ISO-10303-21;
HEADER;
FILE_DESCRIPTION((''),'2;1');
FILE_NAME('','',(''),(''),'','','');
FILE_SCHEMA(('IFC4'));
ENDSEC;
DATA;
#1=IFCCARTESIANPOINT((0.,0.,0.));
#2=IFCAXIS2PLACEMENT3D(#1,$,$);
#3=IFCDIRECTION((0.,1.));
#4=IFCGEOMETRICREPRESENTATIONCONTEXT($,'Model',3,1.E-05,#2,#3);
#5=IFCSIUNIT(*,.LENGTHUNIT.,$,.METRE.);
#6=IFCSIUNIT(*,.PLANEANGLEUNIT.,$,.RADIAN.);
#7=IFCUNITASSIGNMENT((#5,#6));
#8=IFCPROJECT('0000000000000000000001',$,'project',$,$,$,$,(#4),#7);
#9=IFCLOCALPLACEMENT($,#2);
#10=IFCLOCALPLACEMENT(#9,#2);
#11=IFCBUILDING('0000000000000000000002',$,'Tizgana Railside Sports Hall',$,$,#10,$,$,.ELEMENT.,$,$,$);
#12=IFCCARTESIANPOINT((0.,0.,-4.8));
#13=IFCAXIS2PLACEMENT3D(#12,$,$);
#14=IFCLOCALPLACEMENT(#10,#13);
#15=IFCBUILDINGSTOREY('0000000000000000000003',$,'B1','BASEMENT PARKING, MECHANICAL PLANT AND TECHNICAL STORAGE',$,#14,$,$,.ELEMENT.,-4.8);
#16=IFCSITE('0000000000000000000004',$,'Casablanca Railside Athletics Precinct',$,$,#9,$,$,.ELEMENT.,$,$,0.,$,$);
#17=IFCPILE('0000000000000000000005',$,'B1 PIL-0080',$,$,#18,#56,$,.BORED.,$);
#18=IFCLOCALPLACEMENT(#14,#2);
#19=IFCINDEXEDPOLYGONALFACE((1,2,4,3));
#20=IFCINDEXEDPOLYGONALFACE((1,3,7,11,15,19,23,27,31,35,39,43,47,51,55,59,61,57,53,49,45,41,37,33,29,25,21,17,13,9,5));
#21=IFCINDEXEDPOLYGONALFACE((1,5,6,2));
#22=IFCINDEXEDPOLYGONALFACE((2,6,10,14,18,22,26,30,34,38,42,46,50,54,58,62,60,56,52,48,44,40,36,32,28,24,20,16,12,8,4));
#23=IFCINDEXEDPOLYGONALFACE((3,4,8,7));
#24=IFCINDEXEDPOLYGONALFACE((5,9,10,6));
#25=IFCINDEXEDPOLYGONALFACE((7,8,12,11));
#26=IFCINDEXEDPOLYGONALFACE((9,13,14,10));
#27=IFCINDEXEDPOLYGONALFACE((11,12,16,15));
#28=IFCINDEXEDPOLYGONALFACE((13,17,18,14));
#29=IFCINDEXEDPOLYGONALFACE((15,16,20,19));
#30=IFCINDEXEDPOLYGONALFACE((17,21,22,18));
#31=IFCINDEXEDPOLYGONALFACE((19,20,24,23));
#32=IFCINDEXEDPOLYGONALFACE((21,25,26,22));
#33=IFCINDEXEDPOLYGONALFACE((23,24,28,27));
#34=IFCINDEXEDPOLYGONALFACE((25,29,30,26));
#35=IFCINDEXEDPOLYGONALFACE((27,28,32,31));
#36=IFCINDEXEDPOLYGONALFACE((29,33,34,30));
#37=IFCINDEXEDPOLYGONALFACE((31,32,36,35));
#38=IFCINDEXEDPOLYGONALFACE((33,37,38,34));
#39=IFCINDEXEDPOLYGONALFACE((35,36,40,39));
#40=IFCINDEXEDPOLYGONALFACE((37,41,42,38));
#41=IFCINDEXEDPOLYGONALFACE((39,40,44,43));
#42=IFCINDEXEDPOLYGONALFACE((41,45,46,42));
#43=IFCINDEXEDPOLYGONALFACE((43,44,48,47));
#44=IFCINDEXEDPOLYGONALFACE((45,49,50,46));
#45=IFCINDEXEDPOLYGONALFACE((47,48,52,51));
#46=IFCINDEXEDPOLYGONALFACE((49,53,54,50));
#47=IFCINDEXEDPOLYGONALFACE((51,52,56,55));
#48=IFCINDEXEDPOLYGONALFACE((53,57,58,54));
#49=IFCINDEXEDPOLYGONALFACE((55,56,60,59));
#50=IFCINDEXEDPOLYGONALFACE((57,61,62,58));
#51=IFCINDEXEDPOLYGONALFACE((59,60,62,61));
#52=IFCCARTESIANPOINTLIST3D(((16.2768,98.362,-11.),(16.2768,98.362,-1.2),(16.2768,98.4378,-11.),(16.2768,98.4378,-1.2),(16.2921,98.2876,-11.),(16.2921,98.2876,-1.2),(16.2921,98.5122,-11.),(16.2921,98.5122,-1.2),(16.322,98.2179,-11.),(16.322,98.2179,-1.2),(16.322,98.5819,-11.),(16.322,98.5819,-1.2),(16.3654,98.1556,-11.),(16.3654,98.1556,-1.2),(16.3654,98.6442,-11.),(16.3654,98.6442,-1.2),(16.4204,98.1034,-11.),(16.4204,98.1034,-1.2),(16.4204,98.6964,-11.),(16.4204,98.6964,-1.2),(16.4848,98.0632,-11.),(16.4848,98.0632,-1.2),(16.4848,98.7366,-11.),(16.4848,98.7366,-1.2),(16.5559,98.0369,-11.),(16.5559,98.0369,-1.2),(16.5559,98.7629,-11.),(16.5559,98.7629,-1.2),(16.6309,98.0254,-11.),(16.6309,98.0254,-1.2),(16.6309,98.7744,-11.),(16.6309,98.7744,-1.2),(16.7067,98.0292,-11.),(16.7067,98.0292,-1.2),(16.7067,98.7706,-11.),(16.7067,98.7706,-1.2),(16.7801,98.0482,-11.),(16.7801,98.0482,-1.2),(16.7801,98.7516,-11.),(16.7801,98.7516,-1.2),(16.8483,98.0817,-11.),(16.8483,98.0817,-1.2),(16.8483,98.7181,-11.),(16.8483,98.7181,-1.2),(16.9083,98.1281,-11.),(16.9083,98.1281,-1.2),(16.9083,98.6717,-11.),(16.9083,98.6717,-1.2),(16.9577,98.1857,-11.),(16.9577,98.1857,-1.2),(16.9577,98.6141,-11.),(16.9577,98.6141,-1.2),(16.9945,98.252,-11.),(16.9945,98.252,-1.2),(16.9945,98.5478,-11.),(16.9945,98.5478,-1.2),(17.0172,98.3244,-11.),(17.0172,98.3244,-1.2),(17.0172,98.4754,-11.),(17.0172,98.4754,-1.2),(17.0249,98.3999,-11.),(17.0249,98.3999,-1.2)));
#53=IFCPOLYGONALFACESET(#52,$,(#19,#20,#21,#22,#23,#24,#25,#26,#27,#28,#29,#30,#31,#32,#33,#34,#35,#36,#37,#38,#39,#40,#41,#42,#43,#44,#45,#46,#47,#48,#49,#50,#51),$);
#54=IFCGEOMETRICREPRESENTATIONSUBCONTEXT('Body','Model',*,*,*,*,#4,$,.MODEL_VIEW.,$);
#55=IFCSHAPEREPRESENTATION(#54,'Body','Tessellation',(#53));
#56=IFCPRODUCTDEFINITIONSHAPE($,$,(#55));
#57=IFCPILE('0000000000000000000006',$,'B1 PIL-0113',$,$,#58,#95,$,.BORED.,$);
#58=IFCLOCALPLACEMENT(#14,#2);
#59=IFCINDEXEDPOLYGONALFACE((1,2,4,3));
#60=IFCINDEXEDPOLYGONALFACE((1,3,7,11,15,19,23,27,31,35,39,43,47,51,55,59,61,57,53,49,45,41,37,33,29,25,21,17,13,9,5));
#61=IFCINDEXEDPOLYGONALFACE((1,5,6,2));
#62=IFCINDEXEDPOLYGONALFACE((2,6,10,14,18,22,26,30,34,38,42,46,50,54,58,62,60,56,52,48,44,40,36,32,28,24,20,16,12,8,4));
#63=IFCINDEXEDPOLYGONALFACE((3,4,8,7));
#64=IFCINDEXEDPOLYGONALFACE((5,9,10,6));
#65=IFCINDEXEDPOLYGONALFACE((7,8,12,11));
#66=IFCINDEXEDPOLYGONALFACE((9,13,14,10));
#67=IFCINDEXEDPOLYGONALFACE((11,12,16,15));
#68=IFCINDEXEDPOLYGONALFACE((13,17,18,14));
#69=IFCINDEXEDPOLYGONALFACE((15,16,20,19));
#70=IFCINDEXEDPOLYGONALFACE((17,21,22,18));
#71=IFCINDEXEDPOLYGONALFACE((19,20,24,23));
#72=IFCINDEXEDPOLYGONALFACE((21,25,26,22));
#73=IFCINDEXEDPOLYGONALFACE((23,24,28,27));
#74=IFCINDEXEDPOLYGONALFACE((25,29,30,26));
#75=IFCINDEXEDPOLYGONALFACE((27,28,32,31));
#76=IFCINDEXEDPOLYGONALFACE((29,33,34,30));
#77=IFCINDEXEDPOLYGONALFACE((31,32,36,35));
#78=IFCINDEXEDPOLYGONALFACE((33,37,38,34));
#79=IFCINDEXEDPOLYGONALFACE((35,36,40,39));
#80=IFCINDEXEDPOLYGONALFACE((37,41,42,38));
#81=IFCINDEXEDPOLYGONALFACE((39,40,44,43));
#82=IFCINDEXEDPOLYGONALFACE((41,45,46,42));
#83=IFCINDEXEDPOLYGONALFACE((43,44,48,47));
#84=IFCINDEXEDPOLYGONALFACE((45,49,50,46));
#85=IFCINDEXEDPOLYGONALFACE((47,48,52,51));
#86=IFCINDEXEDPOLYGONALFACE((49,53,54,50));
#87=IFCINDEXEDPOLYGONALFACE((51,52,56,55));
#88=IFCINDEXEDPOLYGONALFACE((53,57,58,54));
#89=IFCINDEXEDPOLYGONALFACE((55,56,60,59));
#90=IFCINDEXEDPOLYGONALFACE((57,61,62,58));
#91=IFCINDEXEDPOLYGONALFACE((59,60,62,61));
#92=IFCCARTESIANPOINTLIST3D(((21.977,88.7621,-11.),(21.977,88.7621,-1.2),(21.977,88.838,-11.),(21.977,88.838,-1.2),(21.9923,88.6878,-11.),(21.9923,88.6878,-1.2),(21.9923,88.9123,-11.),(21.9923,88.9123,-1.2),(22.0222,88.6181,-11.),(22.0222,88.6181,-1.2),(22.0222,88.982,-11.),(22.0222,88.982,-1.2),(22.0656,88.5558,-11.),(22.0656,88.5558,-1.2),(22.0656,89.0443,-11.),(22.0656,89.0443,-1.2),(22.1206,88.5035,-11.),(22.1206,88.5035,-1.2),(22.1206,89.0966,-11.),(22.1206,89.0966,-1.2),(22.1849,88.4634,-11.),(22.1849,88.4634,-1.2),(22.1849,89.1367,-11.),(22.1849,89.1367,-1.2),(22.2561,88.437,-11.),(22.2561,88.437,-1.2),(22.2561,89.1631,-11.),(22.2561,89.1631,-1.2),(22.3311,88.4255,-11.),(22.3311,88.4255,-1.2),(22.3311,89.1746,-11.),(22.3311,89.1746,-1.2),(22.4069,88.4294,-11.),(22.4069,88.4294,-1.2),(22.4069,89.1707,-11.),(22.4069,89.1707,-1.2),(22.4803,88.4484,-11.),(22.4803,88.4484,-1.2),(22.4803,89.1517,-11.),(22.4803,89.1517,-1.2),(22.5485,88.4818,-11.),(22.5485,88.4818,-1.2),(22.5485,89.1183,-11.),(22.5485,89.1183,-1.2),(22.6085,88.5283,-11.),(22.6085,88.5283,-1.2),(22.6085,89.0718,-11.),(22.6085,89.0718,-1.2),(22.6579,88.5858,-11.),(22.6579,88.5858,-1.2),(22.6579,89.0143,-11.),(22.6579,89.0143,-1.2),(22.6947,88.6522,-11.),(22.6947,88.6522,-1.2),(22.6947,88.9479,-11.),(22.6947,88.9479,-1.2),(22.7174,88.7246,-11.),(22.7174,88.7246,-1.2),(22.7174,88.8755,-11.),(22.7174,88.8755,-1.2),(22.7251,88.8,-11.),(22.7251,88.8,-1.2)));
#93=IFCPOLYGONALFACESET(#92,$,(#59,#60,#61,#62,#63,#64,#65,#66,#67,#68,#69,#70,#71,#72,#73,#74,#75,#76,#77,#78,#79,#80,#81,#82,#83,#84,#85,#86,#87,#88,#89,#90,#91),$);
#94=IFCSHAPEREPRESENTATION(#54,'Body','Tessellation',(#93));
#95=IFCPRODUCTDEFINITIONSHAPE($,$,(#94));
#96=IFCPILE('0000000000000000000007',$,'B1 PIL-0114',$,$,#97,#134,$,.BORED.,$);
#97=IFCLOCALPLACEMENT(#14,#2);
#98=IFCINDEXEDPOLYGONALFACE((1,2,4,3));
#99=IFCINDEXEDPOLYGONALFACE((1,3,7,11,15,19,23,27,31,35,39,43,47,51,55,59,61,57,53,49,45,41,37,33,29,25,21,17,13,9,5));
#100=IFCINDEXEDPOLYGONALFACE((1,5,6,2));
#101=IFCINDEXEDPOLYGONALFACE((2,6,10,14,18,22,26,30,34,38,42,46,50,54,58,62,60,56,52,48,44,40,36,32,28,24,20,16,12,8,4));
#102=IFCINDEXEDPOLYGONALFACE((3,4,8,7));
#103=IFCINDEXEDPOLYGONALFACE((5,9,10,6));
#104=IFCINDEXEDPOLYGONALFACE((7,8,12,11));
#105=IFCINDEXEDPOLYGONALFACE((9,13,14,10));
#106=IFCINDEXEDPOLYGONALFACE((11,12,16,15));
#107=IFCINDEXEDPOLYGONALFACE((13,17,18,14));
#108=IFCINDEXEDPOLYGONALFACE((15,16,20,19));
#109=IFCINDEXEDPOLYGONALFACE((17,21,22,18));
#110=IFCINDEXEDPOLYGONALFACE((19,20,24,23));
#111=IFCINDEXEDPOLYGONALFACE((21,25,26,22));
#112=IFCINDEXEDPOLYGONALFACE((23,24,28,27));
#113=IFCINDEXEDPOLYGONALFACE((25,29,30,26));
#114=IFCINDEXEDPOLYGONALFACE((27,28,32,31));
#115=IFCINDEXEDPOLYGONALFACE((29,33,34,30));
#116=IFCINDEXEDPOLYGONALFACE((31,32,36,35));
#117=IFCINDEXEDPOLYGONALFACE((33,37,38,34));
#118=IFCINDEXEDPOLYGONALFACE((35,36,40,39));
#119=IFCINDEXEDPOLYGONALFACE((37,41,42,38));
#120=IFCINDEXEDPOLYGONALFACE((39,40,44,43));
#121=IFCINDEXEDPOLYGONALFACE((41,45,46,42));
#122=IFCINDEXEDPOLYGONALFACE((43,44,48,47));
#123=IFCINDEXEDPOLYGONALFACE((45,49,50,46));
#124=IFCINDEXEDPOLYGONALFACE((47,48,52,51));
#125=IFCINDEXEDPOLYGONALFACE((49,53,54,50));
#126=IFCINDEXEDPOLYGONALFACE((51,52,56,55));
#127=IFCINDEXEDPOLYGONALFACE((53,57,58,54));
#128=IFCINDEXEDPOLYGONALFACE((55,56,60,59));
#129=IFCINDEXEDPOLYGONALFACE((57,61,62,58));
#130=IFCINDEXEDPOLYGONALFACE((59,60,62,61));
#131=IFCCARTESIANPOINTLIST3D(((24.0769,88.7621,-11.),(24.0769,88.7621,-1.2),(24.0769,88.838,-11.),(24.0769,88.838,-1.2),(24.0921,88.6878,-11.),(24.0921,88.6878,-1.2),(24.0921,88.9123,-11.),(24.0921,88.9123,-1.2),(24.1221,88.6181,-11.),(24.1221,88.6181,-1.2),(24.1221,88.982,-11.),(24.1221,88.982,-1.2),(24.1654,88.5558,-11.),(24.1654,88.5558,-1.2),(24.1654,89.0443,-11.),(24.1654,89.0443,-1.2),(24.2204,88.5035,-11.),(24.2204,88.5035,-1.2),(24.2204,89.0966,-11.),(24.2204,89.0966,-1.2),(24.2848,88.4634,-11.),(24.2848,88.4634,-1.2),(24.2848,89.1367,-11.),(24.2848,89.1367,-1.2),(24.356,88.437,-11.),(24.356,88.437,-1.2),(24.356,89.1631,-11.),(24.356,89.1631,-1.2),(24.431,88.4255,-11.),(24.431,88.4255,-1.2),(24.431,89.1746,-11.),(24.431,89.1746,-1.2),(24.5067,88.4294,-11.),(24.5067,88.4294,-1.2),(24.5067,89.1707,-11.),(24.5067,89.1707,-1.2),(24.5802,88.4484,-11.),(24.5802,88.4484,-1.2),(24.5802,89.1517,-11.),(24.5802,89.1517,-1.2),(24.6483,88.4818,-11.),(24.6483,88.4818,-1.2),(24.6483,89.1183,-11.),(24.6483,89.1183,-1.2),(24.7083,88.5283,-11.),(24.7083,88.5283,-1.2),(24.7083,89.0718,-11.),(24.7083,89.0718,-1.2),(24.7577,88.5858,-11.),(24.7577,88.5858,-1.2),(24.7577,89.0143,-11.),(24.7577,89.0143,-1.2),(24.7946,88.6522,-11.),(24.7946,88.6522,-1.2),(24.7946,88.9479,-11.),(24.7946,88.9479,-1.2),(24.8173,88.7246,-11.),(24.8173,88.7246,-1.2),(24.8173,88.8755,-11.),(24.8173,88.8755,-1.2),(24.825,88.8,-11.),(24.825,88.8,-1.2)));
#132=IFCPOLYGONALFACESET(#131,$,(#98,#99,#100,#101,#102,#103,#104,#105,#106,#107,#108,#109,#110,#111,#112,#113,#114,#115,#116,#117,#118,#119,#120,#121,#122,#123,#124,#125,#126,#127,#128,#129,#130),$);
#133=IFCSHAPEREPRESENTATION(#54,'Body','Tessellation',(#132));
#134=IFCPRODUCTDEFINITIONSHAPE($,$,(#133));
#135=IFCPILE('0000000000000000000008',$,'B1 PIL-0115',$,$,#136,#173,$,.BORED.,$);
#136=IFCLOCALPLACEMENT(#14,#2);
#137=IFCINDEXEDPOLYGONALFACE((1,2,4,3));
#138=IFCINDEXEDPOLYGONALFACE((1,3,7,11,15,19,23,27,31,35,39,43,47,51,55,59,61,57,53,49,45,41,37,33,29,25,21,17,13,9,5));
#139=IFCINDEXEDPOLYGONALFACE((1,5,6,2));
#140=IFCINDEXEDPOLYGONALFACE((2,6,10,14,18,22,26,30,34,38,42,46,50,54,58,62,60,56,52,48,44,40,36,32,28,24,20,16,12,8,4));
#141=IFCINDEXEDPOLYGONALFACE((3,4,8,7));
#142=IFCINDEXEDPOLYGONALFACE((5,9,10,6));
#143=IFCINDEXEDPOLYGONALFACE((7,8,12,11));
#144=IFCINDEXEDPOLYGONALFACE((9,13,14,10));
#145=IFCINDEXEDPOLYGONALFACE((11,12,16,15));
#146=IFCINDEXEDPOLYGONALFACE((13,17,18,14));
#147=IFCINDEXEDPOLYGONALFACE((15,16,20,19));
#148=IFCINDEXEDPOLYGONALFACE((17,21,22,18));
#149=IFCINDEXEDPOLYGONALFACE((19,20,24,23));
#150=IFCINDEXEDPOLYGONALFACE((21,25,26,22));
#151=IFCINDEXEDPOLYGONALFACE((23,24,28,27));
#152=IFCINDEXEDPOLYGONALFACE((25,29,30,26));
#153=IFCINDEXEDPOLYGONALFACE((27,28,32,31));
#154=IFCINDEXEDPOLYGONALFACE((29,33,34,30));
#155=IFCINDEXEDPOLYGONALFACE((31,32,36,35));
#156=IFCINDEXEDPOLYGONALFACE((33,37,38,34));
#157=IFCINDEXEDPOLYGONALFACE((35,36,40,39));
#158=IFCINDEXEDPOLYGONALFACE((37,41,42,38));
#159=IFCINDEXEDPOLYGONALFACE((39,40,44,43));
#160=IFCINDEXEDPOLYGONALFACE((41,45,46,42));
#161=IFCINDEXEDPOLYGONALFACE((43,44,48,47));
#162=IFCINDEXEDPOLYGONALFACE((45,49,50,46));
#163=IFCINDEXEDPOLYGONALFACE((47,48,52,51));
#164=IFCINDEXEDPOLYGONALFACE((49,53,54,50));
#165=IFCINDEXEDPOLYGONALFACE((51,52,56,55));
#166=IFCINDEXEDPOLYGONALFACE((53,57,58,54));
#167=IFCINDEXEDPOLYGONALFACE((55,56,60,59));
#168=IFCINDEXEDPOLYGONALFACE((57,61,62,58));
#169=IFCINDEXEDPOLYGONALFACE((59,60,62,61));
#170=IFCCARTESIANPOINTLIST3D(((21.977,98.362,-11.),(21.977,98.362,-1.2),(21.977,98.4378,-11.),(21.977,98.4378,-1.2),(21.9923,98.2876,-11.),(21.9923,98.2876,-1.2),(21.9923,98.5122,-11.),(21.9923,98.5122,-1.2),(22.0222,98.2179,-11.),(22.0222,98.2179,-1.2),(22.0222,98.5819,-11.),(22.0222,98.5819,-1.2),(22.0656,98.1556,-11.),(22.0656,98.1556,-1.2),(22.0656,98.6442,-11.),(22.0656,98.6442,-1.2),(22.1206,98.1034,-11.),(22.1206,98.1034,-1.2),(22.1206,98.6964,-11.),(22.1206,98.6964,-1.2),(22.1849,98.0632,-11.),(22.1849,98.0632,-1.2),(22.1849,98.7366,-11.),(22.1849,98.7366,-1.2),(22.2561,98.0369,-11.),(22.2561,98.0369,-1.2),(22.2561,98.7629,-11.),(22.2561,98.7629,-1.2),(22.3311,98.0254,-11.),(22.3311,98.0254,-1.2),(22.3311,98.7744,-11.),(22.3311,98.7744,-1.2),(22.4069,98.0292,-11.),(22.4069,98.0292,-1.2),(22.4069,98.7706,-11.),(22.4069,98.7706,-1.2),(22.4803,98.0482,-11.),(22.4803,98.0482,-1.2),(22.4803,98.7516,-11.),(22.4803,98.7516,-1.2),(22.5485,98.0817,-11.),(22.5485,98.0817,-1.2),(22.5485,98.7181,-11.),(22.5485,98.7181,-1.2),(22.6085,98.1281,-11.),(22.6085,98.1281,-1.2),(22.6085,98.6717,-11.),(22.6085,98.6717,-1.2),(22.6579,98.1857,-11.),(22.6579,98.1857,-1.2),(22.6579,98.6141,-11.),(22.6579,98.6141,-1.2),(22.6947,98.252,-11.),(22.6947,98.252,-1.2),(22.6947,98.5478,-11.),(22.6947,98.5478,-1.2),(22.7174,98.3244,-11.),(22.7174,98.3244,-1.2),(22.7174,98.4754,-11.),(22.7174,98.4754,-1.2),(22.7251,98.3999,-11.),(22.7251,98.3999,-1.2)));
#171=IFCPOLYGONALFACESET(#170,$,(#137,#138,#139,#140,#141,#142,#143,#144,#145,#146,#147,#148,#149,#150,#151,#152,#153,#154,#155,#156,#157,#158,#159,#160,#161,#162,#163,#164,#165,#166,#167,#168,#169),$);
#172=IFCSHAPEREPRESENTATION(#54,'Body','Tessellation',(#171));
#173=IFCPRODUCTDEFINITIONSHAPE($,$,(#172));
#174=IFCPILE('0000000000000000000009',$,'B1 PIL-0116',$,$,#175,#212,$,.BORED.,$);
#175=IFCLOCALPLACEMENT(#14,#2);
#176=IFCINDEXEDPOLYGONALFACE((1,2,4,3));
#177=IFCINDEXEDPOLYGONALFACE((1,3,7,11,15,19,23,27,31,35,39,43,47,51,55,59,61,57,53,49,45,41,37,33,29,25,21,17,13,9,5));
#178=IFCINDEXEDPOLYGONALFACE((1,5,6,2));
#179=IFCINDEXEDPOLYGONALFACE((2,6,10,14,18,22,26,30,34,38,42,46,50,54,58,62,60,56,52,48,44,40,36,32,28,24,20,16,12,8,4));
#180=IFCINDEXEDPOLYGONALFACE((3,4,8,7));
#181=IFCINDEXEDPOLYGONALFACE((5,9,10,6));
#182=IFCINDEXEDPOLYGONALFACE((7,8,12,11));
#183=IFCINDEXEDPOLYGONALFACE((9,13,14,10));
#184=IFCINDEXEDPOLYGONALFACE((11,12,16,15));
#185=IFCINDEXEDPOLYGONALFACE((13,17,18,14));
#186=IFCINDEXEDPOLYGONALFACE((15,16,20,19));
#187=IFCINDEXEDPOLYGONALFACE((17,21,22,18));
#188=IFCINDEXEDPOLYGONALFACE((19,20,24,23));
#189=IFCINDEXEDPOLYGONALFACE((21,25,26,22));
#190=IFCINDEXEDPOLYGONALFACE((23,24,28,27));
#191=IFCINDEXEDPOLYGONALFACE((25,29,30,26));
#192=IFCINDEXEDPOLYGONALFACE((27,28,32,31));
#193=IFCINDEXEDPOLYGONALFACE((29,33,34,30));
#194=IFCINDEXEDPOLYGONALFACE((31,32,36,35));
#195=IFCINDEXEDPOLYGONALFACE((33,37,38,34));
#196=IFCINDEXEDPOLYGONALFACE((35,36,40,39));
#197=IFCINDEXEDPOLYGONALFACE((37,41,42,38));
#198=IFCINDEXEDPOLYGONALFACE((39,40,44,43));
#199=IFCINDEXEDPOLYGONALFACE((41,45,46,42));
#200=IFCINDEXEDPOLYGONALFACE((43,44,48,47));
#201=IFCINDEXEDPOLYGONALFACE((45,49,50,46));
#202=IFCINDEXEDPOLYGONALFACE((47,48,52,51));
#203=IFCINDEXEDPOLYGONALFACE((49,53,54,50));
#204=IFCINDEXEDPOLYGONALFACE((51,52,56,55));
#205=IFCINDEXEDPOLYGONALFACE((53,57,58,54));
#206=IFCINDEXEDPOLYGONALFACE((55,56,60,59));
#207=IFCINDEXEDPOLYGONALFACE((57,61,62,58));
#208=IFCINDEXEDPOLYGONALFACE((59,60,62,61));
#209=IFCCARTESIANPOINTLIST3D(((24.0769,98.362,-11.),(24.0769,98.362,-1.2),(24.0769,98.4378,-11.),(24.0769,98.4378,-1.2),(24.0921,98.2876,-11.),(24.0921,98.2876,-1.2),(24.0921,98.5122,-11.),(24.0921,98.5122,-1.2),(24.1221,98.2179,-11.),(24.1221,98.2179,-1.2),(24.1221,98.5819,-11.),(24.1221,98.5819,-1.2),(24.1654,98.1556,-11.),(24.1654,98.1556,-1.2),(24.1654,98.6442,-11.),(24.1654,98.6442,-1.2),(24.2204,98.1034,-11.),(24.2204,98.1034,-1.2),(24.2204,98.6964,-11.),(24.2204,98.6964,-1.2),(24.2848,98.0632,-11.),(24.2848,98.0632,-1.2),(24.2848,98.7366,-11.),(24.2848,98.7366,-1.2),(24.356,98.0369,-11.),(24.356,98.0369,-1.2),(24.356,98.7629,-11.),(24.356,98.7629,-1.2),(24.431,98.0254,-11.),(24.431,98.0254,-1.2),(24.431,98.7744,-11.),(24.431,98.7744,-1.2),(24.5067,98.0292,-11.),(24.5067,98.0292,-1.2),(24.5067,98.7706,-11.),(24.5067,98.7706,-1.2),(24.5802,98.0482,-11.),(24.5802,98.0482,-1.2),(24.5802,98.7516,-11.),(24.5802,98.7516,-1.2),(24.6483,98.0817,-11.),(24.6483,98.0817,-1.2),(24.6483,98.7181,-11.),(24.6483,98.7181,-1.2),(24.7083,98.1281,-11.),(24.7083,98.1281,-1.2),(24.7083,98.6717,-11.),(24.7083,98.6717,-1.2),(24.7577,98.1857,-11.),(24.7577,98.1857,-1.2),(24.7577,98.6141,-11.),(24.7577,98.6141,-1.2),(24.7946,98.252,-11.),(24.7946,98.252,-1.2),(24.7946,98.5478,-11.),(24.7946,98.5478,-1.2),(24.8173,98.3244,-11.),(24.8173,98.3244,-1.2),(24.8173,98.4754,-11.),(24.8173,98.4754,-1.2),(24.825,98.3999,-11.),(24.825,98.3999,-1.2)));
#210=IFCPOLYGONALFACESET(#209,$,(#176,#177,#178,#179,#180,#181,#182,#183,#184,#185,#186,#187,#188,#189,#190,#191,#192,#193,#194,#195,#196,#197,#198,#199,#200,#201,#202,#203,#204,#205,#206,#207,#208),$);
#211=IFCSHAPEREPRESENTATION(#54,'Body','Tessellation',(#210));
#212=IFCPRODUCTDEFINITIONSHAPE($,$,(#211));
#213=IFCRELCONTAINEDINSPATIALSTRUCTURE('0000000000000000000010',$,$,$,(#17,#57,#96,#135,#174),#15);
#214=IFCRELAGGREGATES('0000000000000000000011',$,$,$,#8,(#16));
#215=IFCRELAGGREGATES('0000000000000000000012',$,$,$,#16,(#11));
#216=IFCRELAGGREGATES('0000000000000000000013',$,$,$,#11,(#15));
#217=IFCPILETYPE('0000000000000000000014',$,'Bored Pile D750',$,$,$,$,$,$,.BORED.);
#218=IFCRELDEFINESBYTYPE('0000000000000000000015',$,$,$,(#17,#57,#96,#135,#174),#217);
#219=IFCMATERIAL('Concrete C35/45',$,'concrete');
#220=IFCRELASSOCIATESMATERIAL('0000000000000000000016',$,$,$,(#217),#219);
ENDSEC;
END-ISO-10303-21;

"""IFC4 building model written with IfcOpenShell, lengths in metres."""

from ifc_helpers import new_model, si_unit, direction, frame, origin, origin_2d, place, context, subcontext, project, spatial, circle, extrude, material, material_profile, profile_set, type_object, element, save


model = new_model("IFC4")

# Units and contexts
model_context = context("Model", 3, precision=1e-05, world=origin(), true_north=direction((0.0, 1.0)))
body_context = subcontext(model_context, "Body", "Model", "MODEL_VIEW")
ifc_project = project(units=[si_unit("LENGTHUNIT", "METRE"), si_unit("PLANEANGLEUNIT", "RADIAN")], contexts=[model_context])

# Site, building, storey
site_placement = place(None, origin())
site = spatial("IfcSite", under=ifc_project, at=site_placement, Name="Casablanca Railside Athletics Precinct", CompositionType="ELEMENT", RefElevation=0.0)
building_placement = place(site_placement, origin())
building = spatial("IfcBuilding", under=site, at=building_placement, Name="Tizgana Railside Sports Hall", CompositionType="ELEMENT")
storey_placement = place(building_placement, frame((0.0, 0.0, -4.8)))
storey = spatial("IfcBuildingStorey", under=building, at=storey_placement, Name="B1", Description="BASEMENT PARKING, MECHANICAL PLANT AND TECHNICAL STORAGE", CompositionType="ELEMENT", Elevation=-4.8)

# Piles
ifc_material_1 = material(Name="Concrete C35/45", Category="concrete")
ifc_material_profile_1 = material_profile(ifc_material_1, circle(Radius=0.375, at=origin_2d()), Name="PILE D750")
ifc_profile_set_1 = profile_set([ifc_material_profile_1], Name="Concrete C35/45")
pile_type = type_object("IfcPileType", Name="Bored Pile D750", PredefinedType="BORED", material=ifc_profile_set_1)
for number, where, z_axis, x_axis, name in (
    (1, (16.6499, 98.3999, -1.2), (0.0, 0.0, -1.0), (1.0, 0.0, 0.0), "B1 PIL-0080"),
    (2, (22.3501, 88.8, -1.2), (0.0, 0.0, -1.0), (1.0, 0.0, 0.0), "B1 PIL-0113"),
    (3, (24.45, 88.8, -1.2), (0.0, 0.0, -1.0), (1.0, 0.0, 0.0), "B1 PIL-0114"),
    (4, (22.3501, 98.3999, -1.2), (0.0, 0.0, -1.0), (1.0, 0.0, 0.0), "B1 PIL-0115"),
    (5, (24.45, 98.3999, -1.2), (0.0, 0.0, -1.0), (1.0, 0.0, 0.0), "B1 PIL-0116"),
):
    element("IfcPile", number, at=place(storey_placement, frame(where, z_axis=z_axis, x_axis=x_axis)), inside=storey, type_object=pile_type, Name=name, PredefinedType="BORED", context=body_context, shape_type="SweptSolid", body=[
        extrude(circle(Radius=0.375, at=origin_2d()), origin(), (0.0, 0.0, 1.0), 9.8),
    ])

save(model, "model.ifc")
